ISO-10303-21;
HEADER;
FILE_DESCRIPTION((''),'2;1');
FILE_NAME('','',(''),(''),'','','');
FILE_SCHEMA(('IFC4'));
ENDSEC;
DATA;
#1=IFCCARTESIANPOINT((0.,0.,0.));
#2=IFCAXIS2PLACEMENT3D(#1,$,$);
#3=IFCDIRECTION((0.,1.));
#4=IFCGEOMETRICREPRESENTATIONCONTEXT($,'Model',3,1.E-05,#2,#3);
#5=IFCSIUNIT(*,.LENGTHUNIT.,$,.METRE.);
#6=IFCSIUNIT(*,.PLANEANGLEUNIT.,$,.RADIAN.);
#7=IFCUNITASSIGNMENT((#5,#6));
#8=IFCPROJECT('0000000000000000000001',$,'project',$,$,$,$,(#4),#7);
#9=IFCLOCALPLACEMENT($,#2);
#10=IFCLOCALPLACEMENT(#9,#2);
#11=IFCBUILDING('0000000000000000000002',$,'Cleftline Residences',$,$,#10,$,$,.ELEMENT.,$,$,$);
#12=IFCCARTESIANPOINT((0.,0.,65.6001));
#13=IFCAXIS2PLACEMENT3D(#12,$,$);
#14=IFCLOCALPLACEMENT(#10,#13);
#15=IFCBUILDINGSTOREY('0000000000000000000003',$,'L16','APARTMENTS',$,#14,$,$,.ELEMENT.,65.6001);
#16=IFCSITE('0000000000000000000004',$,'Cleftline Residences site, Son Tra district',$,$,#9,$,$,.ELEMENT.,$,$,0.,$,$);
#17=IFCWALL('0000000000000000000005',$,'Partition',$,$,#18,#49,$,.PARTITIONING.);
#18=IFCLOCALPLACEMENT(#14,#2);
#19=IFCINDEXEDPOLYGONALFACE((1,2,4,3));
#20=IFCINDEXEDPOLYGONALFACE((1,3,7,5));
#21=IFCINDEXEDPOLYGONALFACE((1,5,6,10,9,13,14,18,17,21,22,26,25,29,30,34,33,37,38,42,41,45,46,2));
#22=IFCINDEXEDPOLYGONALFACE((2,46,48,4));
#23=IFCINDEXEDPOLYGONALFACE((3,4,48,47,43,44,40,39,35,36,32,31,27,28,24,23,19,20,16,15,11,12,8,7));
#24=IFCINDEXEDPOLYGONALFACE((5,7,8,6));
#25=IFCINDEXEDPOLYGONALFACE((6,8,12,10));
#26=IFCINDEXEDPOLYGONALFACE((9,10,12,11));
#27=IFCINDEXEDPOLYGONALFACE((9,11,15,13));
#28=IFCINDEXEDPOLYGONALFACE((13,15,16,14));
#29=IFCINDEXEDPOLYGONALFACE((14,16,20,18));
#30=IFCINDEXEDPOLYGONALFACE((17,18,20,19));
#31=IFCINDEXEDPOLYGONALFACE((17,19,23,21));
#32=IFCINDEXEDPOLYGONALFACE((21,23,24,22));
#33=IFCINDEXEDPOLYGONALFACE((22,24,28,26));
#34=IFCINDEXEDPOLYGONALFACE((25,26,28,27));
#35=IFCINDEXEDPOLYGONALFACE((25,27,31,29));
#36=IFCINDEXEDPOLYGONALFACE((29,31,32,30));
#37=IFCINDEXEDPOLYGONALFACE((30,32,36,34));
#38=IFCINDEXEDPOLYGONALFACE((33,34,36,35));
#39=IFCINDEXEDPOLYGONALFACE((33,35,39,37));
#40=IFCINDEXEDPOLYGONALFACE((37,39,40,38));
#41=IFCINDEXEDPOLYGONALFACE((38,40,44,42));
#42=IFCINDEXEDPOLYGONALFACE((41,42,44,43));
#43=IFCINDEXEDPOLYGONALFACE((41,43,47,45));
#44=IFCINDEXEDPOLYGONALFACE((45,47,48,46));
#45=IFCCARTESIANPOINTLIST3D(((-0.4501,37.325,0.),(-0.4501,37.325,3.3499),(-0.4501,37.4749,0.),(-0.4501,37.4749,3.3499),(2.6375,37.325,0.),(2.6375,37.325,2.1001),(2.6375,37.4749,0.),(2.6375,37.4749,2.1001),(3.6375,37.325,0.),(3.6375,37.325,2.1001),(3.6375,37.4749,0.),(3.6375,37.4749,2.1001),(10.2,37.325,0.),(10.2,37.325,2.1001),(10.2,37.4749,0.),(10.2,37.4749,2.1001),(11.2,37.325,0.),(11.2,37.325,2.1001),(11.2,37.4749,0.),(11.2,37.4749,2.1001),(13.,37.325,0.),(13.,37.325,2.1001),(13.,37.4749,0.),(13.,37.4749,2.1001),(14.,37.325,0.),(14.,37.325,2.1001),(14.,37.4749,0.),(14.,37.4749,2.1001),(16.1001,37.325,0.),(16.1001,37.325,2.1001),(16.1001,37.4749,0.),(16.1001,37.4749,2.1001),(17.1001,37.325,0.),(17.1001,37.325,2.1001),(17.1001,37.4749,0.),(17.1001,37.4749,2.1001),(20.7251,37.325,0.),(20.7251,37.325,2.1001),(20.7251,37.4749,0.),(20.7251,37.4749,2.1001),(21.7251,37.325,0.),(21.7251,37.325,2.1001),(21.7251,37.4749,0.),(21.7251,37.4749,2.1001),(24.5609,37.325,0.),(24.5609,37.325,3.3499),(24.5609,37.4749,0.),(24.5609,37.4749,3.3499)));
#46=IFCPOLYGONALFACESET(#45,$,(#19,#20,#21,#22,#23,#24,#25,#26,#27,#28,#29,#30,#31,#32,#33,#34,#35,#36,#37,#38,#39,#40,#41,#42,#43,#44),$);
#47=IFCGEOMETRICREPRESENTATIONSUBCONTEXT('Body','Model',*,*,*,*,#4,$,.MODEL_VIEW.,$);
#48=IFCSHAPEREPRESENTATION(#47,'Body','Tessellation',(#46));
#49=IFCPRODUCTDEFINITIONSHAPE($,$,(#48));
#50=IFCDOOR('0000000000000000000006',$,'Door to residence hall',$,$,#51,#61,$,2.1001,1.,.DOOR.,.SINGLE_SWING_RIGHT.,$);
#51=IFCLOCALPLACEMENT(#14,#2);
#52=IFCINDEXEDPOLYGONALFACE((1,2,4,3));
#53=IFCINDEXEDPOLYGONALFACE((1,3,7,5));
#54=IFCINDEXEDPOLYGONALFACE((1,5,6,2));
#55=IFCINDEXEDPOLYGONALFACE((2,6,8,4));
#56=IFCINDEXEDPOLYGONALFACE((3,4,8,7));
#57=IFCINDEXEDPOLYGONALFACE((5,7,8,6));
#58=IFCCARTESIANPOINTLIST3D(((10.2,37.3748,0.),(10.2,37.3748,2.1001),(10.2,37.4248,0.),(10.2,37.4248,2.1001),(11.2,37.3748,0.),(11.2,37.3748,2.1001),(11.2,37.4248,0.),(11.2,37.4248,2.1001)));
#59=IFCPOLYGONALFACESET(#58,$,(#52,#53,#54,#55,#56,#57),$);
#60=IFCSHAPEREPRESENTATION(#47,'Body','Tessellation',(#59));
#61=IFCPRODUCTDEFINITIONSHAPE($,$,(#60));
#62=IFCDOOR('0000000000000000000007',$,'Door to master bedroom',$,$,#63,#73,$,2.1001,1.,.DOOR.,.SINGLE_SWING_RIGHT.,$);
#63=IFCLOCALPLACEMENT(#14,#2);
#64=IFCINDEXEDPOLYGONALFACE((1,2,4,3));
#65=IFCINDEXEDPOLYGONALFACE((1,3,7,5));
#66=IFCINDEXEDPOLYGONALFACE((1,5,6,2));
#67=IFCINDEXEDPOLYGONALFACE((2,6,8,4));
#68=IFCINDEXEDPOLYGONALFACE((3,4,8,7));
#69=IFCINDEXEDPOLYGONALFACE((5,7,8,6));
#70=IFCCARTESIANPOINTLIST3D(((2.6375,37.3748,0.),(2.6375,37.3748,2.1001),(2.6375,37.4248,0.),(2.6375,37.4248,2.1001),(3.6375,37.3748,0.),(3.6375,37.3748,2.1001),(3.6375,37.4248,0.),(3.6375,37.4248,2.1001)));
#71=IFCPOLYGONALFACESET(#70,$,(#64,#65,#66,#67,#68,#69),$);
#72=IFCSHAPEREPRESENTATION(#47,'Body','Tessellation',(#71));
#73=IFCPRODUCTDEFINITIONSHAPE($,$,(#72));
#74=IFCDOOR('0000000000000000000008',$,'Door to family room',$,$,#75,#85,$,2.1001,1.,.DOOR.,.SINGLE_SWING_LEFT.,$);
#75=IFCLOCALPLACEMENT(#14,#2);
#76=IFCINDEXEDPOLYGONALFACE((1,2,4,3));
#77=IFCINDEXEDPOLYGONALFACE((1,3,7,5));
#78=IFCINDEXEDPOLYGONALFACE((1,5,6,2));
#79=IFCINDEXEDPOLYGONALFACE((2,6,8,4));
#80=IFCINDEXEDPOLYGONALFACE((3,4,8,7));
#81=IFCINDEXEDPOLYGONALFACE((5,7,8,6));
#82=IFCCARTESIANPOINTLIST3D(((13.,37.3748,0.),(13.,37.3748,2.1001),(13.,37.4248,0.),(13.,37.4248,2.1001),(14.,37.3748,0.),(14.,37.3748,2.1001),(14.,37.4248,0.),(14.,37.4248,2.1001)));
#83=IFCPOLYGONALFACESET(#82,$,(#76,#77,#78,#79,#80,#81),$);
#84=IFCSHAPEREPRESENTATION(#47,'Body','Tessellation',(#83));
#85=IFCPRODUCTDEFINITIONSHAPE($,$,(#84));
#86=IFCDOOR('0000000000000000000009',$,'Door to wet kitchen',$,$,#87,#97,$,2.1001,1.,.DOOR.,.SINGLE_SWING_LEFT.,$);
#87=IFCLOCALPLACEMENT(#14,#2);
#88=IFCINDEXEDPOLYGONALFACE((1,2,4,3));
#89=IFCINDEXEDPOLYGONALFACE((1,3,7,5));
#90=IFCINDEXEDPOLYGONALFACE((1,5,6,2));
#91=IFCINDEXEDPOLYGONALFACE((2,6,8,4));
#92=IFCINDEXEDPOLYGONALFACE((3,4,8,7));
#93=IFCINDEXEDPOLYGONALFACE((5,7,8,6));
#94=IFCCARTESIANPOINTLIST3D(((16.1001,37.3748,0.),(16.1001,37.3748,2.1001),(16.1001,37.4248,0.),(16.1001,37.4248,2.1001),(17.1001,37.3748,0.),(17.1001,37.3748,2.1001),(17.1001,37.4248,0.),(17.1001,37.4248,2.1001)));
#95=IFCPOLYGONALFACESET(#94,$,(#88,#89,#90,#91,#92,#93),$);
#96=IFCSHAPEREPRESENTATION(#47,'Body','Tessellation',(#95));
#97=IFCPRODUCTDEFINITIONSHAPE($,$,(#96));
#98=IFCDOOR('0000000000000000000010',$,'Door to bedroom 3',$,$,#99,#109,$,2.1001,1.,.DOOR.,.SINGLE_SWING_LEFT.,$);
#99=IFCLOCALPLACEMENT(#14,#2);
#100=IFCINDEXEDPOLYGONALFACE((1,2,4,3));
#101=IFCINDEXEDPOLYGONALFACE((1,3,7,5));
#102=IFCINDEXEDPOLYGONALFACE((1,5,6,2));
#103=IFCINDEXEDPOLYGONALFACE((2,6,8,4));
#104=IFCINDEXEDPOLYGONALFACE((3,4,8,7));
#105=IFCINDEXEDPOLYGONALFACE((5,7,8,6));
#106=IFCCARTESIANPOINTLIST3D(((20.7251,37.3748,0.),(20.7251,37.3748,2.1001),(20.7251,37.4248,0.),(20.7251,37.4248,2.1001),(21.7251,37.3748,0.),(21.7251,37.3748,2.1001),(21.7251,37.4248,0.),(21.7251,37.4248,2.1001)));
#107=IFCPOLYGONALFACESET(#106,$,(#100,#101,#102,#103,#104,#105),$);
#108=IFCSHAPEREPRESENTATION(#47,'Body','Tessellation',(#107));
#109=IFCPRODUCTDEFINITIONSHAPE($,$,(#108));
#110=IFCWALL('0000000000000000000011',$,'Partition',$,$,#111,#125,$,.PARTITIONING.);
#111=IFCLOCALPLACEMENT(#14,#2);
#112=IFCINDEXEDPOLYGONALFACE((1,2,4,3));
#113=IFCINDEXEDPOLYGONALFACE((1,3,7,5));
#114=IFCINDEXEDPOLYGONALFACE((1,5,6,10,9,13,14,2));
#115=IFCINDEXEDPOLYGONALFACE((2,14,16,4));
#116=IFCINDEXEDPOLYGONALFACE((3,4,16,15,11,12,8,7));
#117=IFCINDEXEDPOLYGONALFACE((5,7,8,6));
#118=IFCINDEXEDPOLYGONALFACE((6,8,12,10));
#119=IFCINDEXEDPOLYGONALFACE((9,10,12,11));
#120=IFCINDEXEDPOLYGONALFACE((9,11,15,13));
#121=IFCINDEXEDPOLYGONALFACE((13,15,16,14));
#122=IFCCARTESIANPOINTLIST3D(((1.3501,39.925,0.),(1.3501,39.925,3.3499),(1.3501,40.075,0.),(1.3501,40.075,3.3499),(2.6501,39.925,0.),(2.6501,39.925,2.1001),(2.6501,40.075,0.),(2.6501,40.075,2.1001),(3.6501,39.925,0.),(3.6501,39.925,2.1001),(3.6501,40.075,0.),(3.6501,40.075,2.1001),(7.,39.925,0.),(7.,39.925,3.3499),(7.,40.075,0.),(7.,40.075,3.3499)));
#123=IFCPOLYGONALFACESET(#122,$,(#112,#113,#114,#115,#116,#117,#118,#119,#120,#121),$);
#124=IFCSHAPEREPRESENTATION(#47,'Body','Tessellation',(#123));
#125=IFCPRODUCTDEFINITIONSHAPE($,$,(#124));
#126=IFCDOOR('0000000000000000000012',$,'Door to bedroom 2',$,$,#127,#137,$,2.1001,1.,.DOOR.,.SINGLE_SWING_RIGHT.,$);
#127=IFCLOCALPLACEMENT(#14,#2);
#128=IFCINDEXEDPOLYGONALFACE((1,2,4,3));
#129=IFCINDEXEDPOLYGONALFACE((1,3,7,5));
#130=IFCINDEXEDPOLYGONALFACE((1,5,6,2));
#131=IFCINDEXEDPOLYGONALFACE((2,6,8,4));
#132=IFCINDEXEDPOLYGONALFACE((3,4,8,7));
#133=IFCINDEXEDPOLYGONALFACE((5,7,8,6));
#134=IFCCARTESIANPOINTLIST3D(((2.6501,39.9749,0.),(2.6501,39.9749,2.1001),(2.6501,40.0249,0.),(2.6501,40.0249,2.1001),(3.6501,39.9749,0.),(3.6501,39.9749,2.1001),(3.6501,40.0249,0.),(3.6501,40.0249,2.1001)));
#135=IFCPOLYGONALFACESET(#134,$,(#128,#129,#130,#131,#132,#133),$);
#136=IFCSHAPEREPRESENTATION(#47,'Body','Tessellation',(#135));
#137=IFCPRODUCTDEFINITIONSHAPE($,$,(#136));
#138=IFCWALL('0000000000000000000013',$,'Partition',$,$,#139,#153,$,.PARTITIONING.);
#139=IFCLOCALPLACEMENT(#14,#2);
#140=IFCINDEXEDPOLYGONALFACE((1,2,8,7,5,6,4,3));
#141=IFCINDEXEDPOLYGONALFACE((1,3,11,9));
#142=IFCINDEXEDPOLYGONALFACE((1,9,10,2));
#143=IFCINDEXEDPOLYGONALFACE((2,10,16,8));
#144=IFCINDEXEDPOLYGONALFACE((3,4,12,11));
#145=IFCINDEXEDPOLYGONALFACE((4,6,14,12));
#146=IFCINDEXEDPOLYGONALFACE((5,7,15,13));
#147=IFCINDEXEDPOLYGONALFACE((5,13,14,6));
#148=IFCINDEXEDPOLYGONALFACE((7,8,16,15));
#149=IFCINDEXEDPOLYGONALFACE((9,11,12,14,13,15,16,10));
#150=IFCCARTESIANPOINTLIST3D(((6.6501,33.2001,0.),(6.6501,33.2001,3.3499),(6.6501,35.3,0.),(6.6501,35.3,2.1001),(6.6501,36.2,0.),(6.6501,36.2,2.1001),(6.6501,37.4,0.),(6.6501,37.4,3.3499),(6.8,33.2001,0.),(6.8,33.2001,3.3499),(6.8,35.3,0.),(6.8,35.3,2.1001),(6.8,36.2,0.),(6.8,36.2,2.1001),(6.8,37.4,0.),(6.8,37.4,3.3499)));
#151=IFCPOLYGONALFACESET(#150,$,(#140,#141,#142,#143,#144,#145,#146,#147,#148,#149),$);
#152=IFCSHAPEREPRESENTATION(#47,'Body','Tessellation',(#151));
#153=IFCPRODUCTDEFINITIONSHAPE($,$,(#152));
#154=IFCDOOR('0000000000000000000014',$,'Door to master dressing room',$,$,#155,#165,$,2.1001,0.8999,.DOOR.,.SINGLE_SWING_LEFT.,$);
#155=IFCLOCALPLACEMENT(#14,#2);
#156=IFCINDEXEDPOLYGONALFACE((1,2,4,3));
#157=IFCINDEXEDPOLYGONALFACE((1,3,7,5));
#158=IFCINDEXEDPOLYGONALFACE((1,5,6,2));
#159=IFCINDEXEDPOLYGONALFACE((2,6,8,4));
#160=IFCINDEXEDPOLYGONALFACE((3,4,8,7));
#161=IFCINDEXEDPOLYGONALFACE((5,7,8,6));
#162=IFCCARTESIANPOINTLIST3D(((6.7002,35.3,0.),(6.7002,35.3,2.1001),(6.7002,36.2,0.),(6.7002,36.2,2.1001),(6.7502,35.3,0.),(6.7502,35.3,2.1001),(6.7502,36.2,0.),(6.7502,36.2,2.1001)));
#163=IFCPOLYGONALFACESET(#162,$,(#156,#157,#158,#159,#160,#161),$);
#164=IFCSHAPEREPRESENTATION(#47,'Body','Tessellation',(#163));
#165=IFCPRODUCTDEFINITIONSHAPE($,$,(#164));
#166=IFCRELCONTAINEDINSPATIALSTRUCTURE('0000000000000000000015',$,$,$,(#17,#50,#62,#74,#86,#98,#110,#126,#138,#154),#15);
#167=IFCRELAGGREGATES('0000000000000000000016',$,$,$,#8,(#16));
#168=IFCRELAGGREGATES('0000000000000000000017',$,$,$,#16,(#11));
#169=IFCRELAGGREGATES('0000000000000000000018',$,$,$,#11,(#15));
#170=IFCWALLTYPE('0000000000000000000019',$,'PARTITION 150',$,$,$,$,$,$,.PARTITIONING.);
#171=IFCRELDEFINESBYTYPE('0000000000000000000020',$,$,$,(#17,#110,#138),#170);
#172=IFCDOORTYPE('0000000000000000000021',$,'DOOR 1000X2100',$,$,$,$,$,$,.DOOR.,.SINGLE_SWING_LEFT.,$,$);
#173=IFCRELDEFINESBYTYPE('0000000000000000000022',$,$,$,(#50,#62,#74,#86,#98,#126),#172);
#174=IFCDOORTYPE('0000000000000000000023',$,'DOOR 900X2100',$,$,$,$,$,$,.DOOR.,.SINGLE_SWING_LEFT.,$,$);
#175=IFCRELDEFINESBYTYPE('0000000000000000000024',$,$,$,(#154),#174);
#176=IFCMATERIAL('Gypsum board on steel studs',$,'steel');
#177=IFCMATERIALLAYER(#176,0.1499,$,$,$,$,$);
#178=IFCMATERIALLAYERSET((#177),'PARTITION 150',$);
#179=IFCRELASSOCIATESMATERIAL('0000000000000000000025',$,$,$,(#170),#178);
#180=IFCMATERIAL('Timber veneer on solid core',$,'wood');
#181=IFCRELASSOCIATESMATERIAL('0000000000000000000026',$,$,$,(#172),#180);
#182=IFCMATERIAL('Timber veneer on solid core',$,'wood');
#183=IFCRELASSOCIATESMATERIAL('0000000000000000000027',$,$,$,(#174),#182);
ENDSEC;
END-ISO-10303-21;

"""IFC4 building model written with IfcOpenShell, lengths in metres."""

from ifc_helpers import new_model, si_unit, direction, frame, frame_2d, origin, place, context, subcontext, project, spatial, rectangle, extrude, material, layer, layer_set, type_object, element, fill, save


model = new_model("IFC4")

# Units and contexts
model_context = context("Model", 3, precision=1e-05, world=origin(), true_north=direction((0.0, 1.0)))
body_context = subcontext(model_context, "Body", "Model", "MODEL_VIEW")
ifc_project = project(units=[si_unit("LENGTHUNIT", "METRE"), si_unit("PLANEANGLEUNIT", "RADIAN")], contexts=[model_context])

# Site, building, storey
site_placement = place(None, origin())
site = spatial("IfcSite", under=ifc_project, at=site_placement, Name="Cleftline Residences site, Son Tra district", CompositionType="ELEMENT", RefElevation=0.0)
building_placement = place(site_placement, origin())
building = spatial("IfcBuilding", under=site, at=building_placement, Name="Cleftline Residences", CompositionType="ELEMENT")
storey_placement = place(building_placement, frame((0.0, 0.0, 65.6001)))
storey = spatial("IfcBuildingStorey", under=building, at=storey_placement, Name="L16", Description="APARTMENTS", CompositionType="ELEMENT", Elevation=65.6001)

# Shared definitions
ifc_material_1 = material(Name="Gypsum board on steel studs", Category="steel")
ifc_layer = layer(ifc_material_1, 0.1499)
ifc_layer_set = layer_set([ifc_layer], Name="PARTITION 150")
wall_type = type_object("IfcWallType", Name="PARTITION 150", PredefinedType="PARTITIONING", material=ifc_layer_set)

# Wall, openings, doors
wall_1_placement = place(storey_placement, frame((-0.45, 37.3999, 0.0), z_axis=(0.0, 0.0, 1.0), x_axis=(1.0, 0.0, 0.0)))
wall_1 = element("IfcWall", 1, at=wall_1_placement, inside=storey, type_object=wall_type, Name="Partition", PredefinedType="PARTITIONING", context=body_context, shape_type="SweptSolid", body=[
    extrude(rectangle(XDim=25.011, YDim=0.1499, at=frame_2d((12.5054, 0.0))), origin(), (0.0, 0.0, 1.0), 3.3499),
])
opening_1_placement = place(wall_1_placement, frame((10.6499, 0.0, 0.0)))
opening_1 = element("IfcOpeningElement", 2, at=opening_1_placement, cuts=wall_1, PredefinedType="OPENING", context=body_context, shape_type="SweptSolid", body=[
    extrude(rectangle(XDim=1.0, YDim=2.1001, at=frame_2d((0.5, 1.05))), frame((0.0, 0.085, 0.0), z_axis=(0.0, -1.0, 0.0), x_axis=(1.0, 0.0, 0.0)), (0.0, 0.0, 1.0), 0.1699),
])
opening_2_placement = place(wall_1_placement, frame((3.0874, 0.0, 0.0)))
opening_2 = element("IfcOpeningElement", 3, at=opening_2_placement, cuts=wall_1, PredefinedType="OPENING", context=body_context, shape_type="SweptSolid", body=[
    extrude(rectangle(XDim=1.0, YDim=2.1001, at=frame_2d((0.5, 1.05))), frame((0.0, 0.085, 0.0), z_axis=(0.0, -1.0, 0.0), x_axis=(1.0, 0.0, 0.0)), (0.0, 0.0, 1.0), 0.1699),
])
opening_3_placement = place(wall_1_placement, frame((13.45, 0.0, 0.0)))
opening_3 = element("IfcOpeningElement", 4, at=opening_3_placement, cuts=wall_1, PredefinedType="OPENING", context=body_context, shape_type="SweptSolid", body=[
    extrude(rectangle(XDim=1.0, YDim=2.1001, at=frame_2d((0.5, 1.05))), frame((0.0, 0.085, 0.0), z_axis=(0.0, -1.0, 0.0), x_axis=(1.0, 0.0, 0.0)), (0.0, 0.0, 1.0), 0.1699),
])
opening_4_placement = place(wall_1_placement, frame((16.55, 0.0, 0.0)))
opening_4 = element("IfcOpeningElement", 5, at=opening_4_placement, cuts=wall_1, PredefinedType="OPENING", context=body_context, shape_type="SweptSolid", body=[
    extrude(rectangle(XDim=1.0, YDim=2.1001, at=frame_2d((0.5, 1.05))), frame((0.0, 0.085, 0.0), z_axis=(0.0, -1.0, 0.0), x_axis=(1.0, 0.0, 0.0)), (0.0, 0.0, 1.0), 0.1699),
])
opening_5_placement = place(wall_1_placement, frame((21.175, 0.0, 0.0)))
opening_5 = element("IfcOpeningElement", 6, at=opening_5_placement, cuts=wall_1, PredefinedType="OPENING", context=body_context, shape_type="SweptSolid", body=[
    extrude(rectangle(XDim=1.0, YDim=2.1001, at=frame_2d((0.5, 1.05))), frame((0.0, 0.085, 0.0), z_axis=(0.0, -1.0, 0.0), x_axis=(1.0, 0.0, 0.0)), (0.0, 0.0, 1.0), 0.1699),
])
ifc_material_2 = material(Name="Timber veneer on solid core", Category="wood")
door_type_1 = type_object("IfcDoorType", Name="DOOR 1000X2100", OperationType="SINGLE_SWING_LEFT", PredefinedType="DOOR", material=ifc_material_2)
door_1_placement = place(opening_1_placement, origin())
door_1 = element("IfcDoor", 7, at=door_1_placement, inside=storey, type_object=door_type_1, Name="Door to residence hall", OperationType="SINGLE_SWING_RIGHT", OverallHeight=2.1001, OverallWidth=1.0, PredefinedType="DOOR", context=body_context, shape_type="SweptSolid", body=[
    extrude(rectangle(XDim=1.0, YDim=2.1001, at=frame_2d((0.5, 1.05))), frame((0.0, 0.0249, 0.0), z_axis=(0.0, -1.0, 0.0), x_axis=(1.0, 0.0, 0.0)), (0.0, 0.0, 1.0), 0.05),
])
fill(opening_1, door_1)
door_2_placement = place(opening_2_placement, origin())
door_2 = element("IfcDoor", 8, at=door_2_placement, inside=storey, type_object=door_type_1, Name="Door to master bedroom", OperationType="SINGLE_SWING_RIGHT", OverallHeight=2.1001, OverallWidth=1.0, PredefinedType="DOOR", context=body_context, shape_type="SweptSolid", body=[
    extrude(rectangle(XDim=1.0, YDim=2.1001, at=frame_2d((0.5, 1.05))), frame((0.0, 0.0249, 0.0), z_axis=(0.0, -1.0, 0.0), x_axis=(1.0, 0.0, 0.0)), (0.0, 0.0, 1.0), 0.05),
])
fill(opening_2, door_2)
door_3_placement = place(opening_3_placement, origin())
door_3 = element("IfcDoor", 9, at=door_3_placement, inside=storey, type_object=door_type_1, Name="Door to family room", OperationType="SINGLE_SWING_LEFT", OverallHeight=2.1001, OverallWidth=1.0, PredefinedType="DOOR", context=body_context, shape_type="SweptSolid", body=[
    extrude(rectangle(XDim=1.0, YDim=2.1001, at=frame_2d((0.5, 1.05))), frame((0.0, 0.0249, 0.0), z_axis=(0.0, -1.0, 0.0), x_axis=(1.0, 0.0, 0.0)), (0.0, 0.0, 1.0), 0.05),
])
fill(opening_3, door_3)
door_4_placement = place(opening_4_placement, origin())
door_4 = element("IfcDoor", 10, at=door_4_placement, inside=storey, type_object=door_type_1, Name="Door to wet kitchen", OperationType="SINGLE_SWING_LEFT", OverallHeight=2.1001, OverallWidth=1.0, PredefinedType="DOOR", context=body_context, shape_type="SweptSolid", body=[
    extrude(rectangle(XDim=1.0, YDim=2.1001, at=frame_2d((0.5, 1.05))), frame((0.0, 0.0249, 0.0), z_axis=(0.0, -1.0, 0.0), x_axis=(1.0, 0.0, 0.0)), (0.0, 0.0, 1.0), 0.05),
])
fill(opening_4, door_4)
door_5_placement = place(opening_5_placement, origin())
door_5 = element("IfcDoor", 11, at=door_5_placement, inside=storey, type_object=door_type_1, Name="Door to bedroom 3", OperationType="SINGLE_SWING_LEFT", OverallHeight=2.1001, OverallWidth=1.0, PredefinedType="DOOR", context=body_context, shape_type="SweptSolid", body=[
    extrude(rectangle(XDim=1.0, YDim=2.1001, at=frame_2d((0.5, 1.05))), frame((0.0, 0.0249, 0.0), z_axis=(0.0, -1.0, 0.0), x_axis=(1.0, 0.0, 0.0)), (0.0, 0.0, 1.0), 0.05),
])
fill(opening_5, door_5)

# Walls, openings, doors
wall_2_placement = place(storey_placement, frame((1.3501, 40.0, 0.0), z_axis=(0.0, 0.0, 1.0), x_axis=(1.0, 0.0, 0.0)))
wall_2 = element("IfcWall", 12, at=wall_2_placement, inside=storey, type_object=wall_type, Name="Partition", PredefinedType="PARTITIONING", context=body_context, shape_type="SweptSolid", body=[
    extrude(rectangle(XDim=5.6499, YDim=0.1499, at=frame_2d((2.825, 0.0))), origin(), (0.0, 0.0, 1.0), 3.3499),
])
opening_6_placement = place(wall_2_placement, frame((1.3, 0.0, 0.0)))
opening_6 = element("IfcOpeningElement", 13, at=opening_6_placement, cuts=wall_2, PredefinedType="OPENING", context=body_context, shape_type="SweptSolid", body=[
    extrude(rectangle(XDim=1.0, YDim=2.1001, at=frame_2d((0.5, 1.05))), frame((0.0, 0.085, 0.0), z_axis=(0.0, -1.0, 0.0), x_axis=(1.0, 0.0, 0.0)), (0.0, 0.0, 1.0), 0.1699),
])
door_6_placement = place(opening_6_placement, origin())
door_6 = element("IfcDoor", 14, at=door_6_placement, inside=storey, type_object=door_type_1, Name="Door to bedroom 2", OperationType="SINGLE_SWING_RIGHT", OverallHeight=2.1001, OverallWidth=1.0, PredefinedType="DOOR", context=body_context, shape_type="SweptSolid", body=[
    extrude(rectangle(XDim=1.0, YDim=2.1001, at=frame_2d((0.5, 1.05))), frame((0.0, 0.0249, 0.0), z_axis=(0.0, -1.0, 0.0), x_axis=(1.0, 0.0, 0.0)), (0.0, 0.0, 1.0), 0.05),
])
fill(opening_6, door_6)
wall_3_placement = place(storey_placement, frame((6.7251, 33.2, 0.0), z_axis=(0.0, 0.0, 1.0), x_axis=(0.0, 1.0, 0.0)))
wall_3 = element("IfcWall", 15, at=wall_3_placement, inside=storey, type_object=wall_type, Name="Partition", PredefinedType="PARTITIONING", context=body_context, shape_type="SweptSolid", body=[
    extrude(rectangle(XDim=4.2, YDim=0.1499, at=frame_2d((2.1001, 0.0))), origin(), (0.0, 0.0, 1.0), 3.3499),
])
opening_7_placement = place(wall_3_placement, frame((2.1001, 0.0, 0.0)))
opening_7 = element("IfcOpeningElement", 16, at=opening_7_placement, cuts=wall_3, PredefinedType="OPENING", context=body_context, shape_type="SweptSolid", body=[
    extrude(rectangle(XDim=0.8999, YDim=2.1001, at=frame_2d((0.45, 1.05))), frame((0.0, 0.085, 0.0), z_axis=(0.0, -1.0, 0.0), x_axis=(1.0, 0.0, 0.0)), (0.0, 0.0, 1.0), 0.1699),
])
ifc_material_3 = material(Name="Timber veneer on solid core", Category="wood")
door_type_2 = type_object("IfcDoorType", Name="DOOR 900X2100", OperationType="SINGLE_SWING_LEFT", PredefinedType="DOOR", material=ifc_material_3)
door_7_placement = place(opening_7_placement, origin())
door_7 = element("IfcDoor", 17, at=door_7_placement, inside=storey, type_object=door_type_2, Name="Door to master dressing room", OperationType="SINGLE_SWING_LEFT", OverallHeight=2.1001, OverallWidth=0.8999, PredefinedType="DOOR", context=body_context, shape_type="SweptSolid", body=[
    extrude(rectangle(XDim=0.8999, YDim=2.1001, at=frame_2d((0.45, 1.05))), frame((0.0, 0.0249, 0.0), z_axis=(0.0, -1.0, 0.0), x_axis=(1.0, 0.0, 0.0)), (0.0, 0.0, 1.0), 0.05),
])
fill(opening_7, door_7)

save(model, "model.ifc")
